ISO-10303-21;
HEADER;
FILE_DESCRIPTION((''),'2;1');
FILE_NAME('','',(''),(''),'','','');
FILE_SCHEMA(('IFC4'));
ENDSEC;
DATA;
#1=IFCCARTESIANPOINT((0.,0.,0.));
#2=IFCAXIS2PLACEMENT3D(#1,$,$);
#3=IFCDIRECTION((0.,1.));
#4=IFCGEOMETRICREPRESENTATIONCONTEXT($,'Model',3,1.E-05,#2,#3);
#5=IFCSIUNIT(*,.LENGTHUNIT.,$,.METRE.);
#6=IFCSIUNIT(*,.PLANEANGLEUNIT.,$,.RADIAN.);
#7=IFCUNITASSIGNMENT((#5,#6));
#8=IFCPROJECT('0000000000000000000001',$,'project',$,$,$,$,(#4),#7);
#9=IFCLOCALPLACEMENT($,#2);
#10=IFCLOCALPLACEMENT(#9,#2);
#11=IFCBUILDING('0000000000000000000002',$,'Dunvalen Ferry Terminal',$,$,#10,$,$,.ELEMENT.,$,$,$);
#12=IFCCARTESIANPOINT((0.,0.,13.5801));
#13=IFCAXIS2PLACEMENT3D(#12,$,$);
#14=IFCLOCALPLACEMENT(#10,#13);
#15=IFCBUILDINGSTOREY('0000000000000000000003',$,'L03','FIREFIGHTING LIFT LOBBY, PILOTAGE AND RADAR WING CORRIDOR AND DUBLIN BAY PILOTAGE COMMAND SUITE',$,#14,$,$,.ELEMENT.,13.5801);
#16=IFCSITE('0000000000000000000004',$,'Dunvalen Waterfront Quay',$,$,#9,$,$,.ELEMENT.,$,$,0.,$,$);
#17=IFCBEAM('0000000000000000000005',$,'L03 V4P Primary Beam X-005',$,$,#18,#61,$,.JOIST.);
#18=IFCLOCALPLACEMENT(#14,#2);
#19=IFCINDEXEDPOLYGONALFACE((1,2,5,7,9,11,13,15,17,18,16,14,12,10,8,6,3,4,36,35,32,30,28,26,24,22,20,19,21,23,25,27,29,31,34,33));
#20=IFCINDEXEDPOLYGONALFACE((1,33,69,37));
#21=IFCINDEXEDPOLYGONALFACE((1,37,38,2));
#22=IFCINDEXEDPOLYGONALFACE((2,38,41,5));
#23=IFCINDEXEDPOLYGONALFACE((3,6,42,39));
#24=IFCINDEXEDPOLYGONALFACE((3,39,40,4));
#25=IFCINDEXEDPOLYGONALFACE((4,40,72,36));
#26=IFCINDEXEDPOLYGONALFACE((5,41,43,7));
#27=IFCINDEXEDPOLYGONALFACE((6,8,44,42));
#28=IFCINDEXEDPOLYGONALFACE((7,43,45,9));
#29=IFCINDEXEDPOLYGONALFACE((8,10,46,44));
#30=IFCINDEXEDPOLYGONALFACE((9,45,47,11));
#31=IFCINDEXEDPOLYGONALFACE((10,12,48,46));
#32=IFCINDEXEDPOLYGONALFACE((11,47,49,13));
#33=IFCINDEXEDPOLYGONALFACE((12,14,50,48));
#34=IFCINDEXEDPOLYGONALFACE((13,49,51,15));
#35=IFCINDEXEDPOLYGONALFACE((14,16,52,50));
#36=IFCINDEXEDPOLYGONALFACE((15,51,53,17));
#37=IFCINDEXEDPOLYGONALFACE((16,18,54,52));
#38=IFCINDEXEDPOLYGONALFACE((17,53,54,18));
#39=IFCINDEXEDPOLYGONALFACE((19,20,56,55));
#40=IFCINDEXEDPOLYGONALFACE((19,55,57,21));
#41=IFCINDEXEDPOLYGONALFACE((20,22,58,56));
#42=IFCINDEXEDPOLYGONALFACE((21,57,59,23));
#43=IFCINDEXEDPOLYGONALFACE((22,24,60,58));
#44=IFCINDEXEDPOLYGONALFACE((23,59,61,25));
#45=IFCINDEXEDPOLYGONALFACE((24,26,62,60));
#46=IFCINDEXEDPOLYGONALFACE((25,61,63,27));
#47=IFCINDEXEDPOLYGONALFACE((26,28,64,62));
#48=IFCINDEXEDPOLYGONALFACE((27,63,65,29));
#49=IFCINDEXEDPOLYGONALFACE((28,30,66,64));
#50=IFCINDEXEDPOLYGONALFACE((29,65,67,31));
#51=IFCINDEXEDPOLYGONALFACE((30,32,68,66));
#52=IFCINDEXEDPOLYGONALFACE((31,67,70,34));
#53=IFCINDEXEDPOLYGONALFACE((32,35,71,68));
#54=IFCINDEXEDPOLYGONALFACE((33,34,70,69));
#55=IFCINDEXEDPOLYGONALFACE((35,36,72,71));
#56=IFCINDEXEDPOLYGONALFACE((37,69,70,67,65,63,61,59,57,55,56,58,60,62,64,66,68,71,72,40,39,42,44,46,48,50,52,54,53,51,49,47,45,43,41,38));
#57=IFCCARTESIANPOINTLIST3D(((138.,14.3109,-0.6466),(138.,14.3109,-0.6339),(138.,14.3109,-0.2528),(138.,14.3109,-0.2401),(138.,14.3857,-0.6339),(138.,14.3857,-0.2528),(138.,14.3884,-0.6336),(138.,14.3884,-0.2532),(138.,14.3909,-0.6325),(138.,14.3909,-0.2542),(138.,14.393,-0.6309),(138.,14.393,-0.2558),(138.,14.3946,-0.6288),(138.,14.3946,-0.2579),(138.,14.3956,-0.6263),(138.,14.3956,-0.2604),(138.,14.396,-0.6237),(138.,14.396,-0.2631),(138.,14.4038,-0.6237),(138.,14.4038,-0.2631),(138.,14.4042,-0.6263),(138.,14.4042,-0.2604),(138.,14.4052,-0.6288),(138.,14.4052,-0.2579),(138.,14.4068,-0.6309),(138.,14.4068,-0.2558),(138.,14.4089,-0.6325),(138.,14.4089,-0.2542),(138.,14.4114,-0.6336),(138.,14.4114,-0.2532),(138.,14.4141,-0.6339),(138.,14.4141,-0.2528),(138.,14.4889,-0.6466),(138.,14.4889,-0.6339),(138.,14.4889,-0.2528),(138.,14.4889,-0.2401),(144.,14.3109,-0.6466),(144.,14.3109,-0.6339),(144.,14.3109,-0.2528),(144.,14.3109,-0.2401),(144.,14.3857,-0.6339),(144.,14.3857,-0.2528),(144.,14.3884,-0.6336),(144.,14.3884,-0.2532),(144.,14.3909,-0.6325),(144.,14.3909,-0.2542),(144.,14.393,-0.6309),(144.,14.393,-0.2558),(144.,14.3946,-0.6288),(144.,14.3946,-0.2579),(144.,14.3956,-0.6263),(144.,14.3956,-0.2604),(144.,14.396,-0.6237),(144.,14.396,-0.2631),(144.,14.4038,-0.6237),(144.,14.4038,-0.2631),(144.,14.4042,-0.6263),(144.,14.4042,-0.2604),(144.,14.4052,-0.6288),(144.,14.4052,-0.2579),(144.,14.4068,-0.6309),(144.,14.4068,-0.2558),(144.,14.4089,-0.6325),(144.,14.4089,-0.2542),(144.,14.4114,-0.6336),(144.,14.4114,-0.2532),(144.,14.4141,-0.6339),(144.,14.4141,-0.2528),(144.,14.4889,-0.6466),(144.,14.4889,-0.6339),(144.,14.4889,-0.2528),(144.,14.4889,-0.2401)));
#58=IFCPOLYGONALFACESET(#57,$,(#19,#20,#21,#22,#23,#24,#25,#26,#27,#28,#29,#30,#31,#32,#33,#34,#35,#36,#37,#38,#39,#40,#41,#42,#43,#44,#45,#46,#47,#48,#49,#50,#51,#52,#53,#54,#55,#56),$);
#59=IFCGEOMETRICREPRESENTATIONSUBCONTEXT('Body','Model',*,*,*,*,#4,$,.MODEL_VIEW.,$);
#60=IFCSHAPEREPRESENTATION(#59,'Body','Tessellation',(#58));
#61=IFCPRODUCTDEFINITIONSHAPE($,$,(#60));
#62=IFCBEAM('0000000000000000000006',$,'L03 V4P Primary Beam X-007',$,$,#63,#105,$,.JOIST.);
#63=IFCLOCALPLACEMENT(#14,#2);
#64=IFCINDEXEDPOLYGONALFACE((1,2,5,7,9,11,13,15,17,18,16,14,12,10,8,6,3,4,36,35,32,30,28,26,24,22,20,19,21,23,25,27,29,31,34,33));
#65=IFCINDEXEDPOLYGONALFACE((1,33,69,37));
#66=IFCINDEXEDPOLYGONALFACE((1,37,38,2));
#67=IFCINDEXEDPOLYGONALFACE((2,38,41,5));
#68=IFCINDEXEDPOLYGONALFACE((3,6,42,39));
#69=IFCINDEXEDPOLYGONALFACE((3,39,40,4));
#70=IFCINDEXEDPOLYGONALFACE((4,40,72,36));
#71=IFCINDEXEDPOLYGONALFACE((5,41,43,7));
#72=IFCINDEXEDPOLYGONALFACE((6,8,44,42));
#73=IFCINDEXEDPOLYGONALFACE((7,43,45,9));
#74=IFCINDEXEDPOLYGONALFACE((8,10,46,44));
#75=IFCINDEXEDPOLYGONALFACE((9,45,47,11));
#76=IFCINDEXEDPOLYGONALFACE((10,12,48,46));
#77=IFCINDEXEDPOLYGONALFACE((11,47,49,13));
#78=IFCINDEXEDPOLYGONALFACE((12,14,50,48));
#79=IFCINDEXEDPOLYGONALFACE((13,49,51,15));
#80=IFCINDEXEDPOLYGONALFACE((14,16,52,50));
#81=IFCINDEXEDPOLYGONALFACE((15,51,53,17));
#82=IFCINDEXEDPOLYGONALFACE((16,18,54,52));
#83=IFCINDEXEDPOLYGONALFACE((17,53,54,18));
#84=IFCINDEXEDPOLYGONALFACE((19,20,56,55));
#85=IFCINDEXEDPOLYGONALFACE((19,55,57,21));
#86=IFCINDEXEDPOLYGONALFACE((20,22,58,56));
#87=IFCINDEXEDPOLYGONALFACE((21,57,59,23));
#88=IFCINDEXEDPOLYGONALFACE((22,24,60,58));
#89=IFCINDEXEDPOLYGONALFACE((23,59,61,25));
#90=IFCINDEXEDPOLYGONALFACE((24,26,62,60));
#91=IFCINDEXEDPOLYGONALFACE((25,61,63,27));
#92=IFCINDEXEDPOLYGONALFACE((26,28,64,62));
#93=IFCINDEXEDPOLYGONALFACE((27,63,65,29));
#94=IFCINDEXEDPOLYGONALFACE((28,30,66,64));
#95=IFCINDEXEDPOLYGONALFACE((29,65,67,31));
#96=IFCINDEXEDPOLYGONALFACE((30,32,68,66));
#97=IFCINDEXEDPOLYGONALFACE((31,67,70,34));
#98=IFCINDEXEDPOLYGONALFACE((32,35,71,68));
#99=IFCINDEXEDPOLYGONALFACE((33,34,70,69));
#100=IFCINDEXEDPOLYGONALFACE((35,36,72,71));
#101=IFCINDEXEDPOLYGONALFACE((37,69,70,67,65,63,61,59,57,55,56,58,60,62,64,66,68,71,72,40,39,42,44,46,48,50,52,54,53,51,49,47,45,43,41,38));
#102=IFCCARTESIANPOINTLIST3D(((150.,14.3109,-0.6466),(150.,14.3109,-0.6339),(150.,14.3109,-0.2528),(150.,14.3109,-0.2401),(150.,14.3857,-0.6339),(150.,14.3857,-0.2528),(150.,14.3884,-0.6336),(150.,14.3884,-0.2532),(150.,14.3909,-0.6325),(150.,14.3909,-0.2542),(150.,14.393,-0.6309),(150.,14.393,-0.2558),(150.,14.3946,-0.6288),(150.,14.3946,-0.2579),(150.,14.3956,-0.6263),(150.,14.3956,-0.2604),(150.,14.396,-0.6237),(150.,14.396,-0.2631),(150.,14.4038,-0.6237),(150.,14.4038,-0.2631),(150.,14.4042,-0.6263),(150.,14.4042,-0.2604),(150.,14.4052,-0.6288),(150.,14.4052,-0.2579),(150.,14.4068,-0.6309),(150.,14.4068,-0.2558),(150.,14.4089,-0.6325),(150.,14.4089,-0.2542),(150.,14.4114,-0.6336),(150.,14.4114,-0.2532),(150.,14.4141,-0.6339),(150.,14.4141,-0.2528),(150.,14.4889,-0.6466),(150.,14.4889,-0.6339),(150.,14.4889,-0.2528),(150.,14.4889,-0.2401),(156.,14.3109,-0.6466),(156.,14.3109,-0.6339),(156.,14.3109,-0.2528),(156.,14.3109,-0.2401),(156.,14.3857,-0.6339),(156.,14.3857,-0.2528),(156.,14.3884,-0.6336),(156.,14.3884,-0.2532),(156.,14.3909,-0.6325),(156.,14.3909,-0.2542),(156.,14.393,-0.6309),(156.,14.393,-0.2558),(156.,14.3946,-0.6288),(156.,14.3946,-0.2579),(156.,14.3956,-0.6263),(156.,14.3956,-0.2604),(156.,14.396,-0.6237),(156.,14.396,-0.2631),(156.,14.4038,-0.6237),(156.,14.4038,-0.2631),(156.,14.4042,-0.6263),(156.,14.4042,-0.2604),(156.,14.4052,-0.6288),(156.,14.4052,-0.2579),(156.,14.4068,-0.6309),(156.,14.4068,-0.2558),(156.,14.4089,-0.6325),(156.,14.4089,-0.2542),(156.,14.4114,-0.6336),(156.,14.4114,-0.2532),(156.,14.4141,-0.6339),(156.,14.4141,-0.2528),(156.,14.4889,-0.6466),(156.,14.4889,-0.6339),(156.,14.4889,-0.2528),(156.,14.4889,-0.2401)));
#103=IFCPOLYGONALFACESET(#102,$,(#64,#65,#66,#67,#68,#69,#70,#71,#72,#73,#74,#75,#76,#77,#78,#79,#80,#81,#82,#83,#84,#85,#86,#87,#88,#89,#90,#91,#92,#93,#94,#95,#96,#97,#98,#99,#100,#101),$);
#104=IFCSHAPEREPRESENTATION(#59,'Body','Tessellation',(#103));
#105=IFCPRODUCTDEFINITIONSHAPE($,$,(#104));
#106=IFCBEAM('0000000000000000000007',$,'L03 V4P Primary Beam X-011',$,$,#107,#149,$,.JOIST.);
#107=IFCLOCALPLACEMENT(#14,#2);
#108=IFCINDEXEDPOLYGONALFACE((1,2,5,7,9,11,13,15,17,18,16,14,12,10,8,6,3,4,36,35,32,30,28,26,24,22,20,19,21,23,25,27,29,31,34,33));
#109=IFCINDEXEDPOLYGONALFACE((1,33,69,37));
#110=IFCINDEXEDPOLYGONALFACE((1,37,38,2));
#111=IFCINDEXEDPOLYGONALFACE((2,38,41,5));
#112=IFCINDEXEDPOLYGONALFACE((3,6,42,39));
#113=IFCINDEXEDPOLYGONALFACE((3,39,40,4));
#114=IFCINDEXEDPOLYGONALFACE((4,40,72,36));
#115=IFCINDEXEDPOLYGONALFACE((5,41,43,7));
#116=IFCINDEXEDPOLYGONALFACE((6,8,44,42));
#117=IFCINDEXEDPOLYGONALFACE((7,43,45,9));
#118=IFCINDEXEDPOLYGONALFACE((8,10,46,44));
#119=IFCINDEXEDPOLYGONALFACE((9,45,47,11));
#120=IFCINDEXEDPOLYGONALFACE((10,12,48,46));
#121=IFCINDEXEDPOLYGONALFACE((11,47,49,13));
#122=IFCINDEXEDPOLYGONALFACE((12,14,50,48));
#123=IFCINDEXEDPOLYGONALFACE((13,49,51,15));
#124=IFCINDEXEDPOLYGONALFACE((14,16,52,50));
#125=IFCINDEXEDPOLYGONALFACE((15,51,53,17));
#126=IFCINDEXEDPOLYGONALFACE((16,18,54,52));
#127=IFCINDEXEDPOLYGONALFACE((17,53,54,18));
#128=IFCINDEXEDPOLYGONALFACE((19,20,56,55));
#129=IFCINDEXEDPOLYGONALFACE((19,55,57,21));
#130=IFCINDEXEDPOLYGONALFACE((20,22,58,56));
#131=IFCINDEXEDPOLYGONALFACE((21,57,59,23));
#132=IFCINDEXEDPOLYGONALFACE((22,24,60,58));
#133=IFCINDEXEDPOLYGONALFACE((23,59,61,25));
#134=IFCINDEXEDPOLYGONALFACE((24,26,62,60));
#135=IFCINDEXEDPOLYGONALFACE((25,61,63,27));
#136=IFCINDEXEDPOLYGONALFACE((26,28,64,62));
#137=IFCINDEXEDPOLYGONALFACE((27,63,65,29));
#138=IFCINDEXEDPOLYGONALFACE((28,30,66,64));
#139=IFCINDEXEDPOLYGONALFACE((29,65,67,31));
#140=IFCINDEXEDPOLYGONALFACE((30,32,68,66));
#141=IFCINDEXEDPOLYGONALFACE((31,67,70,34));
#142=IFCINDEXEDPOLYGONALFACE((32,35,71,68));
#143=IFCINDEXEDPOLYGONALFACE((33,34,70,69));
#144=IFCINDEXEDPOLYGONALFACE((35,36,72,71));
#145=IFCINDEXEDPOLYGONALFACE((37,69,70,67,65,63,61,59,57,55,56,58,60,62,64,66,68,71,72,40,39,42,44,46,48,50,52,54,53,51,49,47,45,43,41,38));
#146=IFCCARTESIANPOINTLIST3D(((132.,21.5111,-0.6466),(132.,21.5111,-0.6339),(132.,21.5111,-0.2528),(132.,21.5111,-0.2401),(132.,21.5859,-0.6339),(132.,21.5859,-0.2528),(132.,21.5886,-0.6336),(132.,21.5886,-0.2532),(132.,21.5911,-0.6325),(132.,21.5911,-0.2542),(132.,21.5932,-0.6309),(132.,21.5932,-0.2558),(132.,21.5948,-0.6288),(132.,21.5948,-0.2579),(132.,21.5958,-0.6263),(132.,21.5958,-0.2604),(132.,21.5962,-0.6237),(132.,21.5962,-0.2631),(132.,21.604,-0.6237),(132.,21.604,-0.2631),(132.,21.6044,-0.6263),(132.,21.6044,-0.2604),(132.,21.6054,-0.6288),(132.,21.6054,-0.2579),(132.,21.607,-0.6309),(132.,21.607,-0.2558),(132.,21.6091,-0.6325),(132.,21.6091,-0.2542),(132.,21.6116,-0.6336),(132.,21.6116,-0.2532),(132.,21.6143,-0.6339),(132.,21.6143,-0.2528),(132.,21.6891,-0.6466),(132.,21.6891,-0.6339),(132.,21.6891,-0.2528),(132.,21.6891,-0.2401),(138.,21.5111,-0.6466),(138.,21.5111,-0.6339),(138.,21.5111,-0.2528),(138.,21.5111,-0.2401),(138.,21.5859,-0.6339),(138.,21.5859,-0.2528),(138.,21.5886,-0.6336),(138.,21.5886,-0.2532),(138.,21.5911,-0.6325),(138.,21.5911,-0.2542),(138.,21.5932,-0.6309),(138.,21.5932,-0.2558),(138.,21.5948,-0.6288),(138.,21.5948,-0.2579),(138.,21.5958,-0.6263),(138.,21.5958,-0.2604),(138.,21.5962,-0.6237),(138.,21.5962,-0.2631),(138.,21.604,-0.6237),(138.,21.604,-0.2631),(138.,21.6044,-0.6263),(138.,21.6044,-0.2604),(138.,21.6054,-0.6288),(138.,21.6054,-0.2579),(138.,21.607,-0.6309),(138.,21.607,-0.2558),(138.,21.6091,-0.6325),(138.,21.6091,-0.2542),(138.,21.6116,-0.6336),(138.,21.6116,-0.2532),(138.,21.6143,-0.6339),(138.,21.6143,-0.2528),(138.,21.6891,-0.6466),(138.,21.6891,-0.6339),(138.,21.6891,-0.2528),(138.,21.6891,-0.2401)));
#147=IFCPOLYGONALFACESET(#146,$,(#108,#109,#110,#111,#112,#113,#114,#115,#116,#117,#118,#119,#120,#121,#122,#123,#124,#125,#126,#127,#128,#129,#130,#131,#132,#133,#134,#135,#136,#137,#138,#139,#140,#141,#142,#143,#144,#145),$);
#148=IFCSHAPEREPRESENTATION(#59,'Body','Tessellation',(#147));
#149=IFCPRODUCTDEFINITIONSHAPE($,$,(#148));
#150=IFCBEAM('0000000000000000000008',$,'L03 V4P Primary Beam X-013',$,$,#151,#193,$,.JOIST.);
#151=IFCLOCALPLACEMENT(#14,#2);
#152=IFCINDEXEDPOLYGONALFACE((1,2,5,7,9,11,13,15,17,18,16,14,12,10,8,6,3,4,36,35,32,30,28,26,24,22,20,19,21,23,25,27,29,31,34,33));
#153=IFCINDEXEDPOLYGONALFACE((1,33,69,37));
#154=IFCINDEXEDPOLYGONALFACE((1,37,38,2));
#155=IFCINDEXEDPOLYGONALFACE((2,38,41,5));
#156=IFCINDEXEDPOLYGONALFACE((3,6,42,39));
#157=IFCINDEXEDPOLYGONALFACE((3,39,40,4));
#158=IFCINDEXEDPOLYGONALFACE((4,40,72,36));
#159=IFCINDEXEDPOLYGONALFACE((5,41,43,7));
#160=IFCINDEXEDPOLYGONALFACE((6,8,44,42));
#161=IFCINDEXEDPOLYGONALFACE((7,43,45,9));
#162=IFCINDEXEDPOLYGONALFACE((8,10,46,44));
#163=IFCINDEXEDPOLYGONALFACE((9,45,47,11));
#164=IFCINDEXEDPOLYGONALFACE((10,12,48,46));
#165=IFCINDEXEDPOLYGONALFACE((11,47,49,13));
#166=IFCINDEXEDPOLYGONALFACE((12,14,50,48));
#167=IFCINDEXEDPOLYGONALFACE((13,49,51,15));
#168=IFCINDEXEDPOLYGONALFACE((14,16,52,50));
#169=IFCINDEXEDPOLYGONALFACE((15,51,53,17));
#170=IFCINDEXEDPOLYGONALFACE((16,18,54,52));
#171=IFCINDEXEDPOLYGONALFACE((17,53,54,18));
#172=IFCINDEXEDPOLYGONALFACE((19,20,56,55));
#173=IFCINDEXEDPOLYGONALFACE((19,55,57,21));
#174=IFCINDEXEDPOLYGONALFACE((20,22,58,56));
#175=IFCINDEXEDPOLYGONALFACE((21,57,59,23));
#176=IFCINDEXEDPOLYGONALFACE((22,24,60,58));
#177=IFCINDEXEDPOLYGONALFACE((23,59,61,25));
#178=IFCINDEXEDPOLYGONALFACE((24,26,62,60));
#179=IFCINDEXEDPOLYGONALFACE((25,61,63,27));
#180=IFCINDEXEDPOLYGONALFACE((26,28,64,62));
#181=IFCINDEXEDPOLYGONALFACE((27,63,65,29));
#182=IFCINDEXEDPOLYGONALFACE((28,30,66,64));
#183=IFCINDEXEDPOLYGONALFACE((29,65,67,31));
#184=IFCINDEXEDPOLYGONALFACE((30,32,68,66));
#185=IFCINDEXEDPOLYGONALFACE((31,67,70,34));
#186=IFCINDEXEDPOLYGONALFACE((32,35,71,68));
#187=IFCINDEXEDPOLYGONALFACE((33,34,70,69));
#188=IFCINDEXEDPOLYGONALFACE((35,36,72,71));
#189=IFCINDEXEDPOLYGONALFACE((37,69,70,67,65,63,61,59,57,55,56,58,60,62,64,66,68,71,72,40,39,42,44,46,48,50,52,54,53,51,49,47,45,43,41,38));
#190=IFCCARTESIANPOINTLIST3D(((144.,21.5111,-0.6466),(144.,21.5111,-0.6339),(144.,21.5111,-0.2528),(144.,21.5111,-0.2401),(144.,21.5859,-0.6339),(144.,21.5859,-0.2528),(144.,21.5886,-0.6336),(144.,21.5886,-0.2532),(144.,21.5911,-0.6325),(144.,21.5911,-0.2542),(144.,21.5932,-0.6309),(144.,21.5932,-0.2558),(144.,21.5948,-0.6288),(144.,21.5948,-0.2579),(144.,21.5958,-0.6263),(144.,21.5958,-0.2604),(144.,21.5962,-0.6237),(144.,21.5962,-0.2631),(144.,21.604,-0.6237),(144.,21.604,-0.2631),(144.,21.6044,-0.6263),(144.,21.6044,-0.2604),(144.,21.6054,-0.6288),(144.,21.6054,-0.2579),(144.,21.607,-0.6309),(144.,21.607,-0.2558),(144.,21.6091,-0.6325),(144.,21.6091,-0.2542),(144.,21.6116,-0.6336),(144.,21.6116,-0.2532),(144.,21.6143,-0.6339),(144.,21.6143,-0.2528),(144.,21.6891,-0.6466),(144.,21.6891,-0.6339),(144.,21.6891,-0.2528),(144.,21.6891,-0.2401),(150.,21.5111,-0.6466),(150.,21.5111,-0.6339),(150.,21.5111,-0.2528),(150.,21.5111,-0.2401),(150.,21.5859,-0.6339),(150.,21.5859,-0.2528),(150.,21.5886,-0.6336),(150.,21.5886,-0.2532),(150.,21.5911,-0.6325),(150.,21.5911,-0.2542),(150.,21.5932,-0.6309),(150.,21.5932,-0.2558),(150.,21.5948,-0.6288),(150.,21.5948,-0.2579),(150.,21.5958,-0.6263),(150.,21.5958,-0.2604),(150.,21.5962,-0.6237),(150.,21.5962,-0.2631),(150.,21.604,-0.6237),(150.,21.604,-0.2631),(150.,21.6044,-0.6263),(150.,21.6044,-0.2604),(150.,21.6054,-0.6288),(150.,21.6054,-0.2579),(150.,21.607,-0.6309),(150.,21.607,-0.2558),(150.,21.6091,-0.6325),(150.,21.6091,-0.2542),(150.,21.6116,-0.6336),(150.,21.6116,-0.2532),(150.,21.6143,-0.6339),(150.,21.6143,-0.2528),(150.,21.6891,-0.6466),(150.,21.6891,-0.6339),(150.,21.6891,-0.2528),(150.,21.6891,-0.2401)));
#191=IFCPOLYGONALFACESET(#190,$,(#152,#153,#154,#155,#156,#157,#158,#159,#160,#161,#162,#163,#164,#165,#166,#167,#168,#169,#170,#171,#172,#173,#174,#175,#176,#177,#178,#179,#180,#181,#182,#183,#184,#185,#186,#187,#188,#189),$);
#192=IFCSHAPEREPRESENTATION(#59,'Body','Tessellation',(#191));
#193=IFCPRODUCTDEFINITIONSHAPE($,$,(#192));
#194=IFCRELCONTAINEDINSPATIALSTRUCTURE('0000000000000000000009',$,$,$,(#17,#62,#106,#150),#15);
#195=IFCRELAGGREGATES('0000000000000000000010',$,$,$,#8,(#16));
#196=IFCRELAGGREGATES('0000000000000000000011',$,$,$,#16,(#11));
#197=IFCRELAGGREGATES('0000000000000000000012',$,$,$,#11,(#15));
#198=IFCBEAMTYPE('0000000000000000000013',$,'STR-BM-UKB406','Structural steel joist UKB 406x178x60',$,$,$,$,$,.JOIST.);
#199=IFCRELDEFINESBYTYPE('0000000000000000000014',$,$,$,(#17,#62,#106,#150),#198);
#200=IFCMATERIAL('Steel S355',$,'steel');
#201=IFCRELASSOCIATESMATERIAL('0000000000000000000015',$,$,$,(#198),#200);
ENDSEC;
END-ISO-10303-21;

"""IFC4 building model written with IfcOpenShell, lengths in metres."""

from ifc_helpers import new_model, si_unit, direction, frame, origin, origin_2d, place, context, subcontext, project, spatial, i_section, extrude, material, material_profile, profile_set, type_object, element, save


model = new_model("IFC4")

# Units and contexts
model_context = context("Model", 3, precision=1e-05, world=origin(), true_north=direction((0.0, 1.0)))
body_context = subcontext(model_context, "Body", "Model", "MODEL_VIEW")
ifc_project = project(units=[si_unit("LENGTHUNIT", "METRE"), si_unit("PLANEANGLEUNIT", "RADIAN")], contexts=[model_context])

# Site, building, storey
site_placement = place(None, origin())
site = spatial("IfcSite", under=ifc_project, at=site_placement, Name="Dunvalen Waterfront Quay", CompositionType="ELEMENT", RefElevation=0.0)
building_placement = place(site_placement, origin())
building = spatial("IfcBuilding", under=site, at=building_placement, Name="Dunvalen Ferry Terminal", CompositionType="ELEMENT")
storey_placement = place(building_placement, frame((0.0, 0.0, 13.5801)))
storey = spatial("IfcBuildingStorey", under=building, at=storey_placement, Name="L03", Description="FIREFIGHTING LIFT LOBBY, PILOTAGE AND RADAR WING CORRIDOR AND DUBLIN BAY PILOTAGE COMMAND SUITE", CompositionType="ELEMENT", Elevation=13.5801)

# Beams
ifc_material_1 = material(Name="Steel S355", Category="steel")
ifc_material_profile_1 = material_profile(ifc_material_1, i_section(OverallWidth=0.178, OverallDepth=0.4065, WebThickness=0.0078, FlangeThickness=0.0127, FilletRadius=0.0103, at=origin_2d()), Name="Steel S355")
ifc_profile_set_1 = profile_set([ifc_material_profile_1], Name="Steel S355")
beam_type_1 = type_object("IfcBeamType", Name="STR-BM-UKB406", Description="Structural steel joist UKB 406x178x60", PredefinedType="JOIST", material=ifc_profile_set_1)
for number, where, z_axis, x_axis, name in (
    (1, (138.0, 14.3999, -0.4434), (1.0, 0.0, 0.0), (0.0, 1.0, 0.0), "L03 V4P Primary Beam X-005"),
    (2, (150.0, 14.3999, -0.4434), (1.0, 0.0, 0.0), (0.0, 1.0, 0.0), "L03 V4P Primary Beam X-007"),
    (3, (132.0, 21.6001, -0.4434), (1.0, 0.0, 0.0), (0.0, 1.0, 0.0), "L03 V4P Primary Beam X-011"),
    (4, (144.0, 21.6001, -0.4434), (1.0, 0.0, 0.0), (0.0, 1.0, 0.0), "L03 V4P Primary Beam X-013"),
):
    element("IfcBeam", number, at=place(storey_placement, frame(where, z_axis=z_axis, x_axis=x_axis)), inside=storey, type_object=beam_type_1, Name=name, PredefinedType="JOIST", context=body_context, shape_type="SweptSolid", body=[
        extrude(i_section(OverallWidth=0.178, OverallDepth=0.4065, WebThickness=0.0078, FlangeThickness=0.0127, FilletRadius=0.0103, at=origin_2d()), origin(), (0.0, 0.0, 1.0), 6.0),
    ])

save(model, "model.ifc")
